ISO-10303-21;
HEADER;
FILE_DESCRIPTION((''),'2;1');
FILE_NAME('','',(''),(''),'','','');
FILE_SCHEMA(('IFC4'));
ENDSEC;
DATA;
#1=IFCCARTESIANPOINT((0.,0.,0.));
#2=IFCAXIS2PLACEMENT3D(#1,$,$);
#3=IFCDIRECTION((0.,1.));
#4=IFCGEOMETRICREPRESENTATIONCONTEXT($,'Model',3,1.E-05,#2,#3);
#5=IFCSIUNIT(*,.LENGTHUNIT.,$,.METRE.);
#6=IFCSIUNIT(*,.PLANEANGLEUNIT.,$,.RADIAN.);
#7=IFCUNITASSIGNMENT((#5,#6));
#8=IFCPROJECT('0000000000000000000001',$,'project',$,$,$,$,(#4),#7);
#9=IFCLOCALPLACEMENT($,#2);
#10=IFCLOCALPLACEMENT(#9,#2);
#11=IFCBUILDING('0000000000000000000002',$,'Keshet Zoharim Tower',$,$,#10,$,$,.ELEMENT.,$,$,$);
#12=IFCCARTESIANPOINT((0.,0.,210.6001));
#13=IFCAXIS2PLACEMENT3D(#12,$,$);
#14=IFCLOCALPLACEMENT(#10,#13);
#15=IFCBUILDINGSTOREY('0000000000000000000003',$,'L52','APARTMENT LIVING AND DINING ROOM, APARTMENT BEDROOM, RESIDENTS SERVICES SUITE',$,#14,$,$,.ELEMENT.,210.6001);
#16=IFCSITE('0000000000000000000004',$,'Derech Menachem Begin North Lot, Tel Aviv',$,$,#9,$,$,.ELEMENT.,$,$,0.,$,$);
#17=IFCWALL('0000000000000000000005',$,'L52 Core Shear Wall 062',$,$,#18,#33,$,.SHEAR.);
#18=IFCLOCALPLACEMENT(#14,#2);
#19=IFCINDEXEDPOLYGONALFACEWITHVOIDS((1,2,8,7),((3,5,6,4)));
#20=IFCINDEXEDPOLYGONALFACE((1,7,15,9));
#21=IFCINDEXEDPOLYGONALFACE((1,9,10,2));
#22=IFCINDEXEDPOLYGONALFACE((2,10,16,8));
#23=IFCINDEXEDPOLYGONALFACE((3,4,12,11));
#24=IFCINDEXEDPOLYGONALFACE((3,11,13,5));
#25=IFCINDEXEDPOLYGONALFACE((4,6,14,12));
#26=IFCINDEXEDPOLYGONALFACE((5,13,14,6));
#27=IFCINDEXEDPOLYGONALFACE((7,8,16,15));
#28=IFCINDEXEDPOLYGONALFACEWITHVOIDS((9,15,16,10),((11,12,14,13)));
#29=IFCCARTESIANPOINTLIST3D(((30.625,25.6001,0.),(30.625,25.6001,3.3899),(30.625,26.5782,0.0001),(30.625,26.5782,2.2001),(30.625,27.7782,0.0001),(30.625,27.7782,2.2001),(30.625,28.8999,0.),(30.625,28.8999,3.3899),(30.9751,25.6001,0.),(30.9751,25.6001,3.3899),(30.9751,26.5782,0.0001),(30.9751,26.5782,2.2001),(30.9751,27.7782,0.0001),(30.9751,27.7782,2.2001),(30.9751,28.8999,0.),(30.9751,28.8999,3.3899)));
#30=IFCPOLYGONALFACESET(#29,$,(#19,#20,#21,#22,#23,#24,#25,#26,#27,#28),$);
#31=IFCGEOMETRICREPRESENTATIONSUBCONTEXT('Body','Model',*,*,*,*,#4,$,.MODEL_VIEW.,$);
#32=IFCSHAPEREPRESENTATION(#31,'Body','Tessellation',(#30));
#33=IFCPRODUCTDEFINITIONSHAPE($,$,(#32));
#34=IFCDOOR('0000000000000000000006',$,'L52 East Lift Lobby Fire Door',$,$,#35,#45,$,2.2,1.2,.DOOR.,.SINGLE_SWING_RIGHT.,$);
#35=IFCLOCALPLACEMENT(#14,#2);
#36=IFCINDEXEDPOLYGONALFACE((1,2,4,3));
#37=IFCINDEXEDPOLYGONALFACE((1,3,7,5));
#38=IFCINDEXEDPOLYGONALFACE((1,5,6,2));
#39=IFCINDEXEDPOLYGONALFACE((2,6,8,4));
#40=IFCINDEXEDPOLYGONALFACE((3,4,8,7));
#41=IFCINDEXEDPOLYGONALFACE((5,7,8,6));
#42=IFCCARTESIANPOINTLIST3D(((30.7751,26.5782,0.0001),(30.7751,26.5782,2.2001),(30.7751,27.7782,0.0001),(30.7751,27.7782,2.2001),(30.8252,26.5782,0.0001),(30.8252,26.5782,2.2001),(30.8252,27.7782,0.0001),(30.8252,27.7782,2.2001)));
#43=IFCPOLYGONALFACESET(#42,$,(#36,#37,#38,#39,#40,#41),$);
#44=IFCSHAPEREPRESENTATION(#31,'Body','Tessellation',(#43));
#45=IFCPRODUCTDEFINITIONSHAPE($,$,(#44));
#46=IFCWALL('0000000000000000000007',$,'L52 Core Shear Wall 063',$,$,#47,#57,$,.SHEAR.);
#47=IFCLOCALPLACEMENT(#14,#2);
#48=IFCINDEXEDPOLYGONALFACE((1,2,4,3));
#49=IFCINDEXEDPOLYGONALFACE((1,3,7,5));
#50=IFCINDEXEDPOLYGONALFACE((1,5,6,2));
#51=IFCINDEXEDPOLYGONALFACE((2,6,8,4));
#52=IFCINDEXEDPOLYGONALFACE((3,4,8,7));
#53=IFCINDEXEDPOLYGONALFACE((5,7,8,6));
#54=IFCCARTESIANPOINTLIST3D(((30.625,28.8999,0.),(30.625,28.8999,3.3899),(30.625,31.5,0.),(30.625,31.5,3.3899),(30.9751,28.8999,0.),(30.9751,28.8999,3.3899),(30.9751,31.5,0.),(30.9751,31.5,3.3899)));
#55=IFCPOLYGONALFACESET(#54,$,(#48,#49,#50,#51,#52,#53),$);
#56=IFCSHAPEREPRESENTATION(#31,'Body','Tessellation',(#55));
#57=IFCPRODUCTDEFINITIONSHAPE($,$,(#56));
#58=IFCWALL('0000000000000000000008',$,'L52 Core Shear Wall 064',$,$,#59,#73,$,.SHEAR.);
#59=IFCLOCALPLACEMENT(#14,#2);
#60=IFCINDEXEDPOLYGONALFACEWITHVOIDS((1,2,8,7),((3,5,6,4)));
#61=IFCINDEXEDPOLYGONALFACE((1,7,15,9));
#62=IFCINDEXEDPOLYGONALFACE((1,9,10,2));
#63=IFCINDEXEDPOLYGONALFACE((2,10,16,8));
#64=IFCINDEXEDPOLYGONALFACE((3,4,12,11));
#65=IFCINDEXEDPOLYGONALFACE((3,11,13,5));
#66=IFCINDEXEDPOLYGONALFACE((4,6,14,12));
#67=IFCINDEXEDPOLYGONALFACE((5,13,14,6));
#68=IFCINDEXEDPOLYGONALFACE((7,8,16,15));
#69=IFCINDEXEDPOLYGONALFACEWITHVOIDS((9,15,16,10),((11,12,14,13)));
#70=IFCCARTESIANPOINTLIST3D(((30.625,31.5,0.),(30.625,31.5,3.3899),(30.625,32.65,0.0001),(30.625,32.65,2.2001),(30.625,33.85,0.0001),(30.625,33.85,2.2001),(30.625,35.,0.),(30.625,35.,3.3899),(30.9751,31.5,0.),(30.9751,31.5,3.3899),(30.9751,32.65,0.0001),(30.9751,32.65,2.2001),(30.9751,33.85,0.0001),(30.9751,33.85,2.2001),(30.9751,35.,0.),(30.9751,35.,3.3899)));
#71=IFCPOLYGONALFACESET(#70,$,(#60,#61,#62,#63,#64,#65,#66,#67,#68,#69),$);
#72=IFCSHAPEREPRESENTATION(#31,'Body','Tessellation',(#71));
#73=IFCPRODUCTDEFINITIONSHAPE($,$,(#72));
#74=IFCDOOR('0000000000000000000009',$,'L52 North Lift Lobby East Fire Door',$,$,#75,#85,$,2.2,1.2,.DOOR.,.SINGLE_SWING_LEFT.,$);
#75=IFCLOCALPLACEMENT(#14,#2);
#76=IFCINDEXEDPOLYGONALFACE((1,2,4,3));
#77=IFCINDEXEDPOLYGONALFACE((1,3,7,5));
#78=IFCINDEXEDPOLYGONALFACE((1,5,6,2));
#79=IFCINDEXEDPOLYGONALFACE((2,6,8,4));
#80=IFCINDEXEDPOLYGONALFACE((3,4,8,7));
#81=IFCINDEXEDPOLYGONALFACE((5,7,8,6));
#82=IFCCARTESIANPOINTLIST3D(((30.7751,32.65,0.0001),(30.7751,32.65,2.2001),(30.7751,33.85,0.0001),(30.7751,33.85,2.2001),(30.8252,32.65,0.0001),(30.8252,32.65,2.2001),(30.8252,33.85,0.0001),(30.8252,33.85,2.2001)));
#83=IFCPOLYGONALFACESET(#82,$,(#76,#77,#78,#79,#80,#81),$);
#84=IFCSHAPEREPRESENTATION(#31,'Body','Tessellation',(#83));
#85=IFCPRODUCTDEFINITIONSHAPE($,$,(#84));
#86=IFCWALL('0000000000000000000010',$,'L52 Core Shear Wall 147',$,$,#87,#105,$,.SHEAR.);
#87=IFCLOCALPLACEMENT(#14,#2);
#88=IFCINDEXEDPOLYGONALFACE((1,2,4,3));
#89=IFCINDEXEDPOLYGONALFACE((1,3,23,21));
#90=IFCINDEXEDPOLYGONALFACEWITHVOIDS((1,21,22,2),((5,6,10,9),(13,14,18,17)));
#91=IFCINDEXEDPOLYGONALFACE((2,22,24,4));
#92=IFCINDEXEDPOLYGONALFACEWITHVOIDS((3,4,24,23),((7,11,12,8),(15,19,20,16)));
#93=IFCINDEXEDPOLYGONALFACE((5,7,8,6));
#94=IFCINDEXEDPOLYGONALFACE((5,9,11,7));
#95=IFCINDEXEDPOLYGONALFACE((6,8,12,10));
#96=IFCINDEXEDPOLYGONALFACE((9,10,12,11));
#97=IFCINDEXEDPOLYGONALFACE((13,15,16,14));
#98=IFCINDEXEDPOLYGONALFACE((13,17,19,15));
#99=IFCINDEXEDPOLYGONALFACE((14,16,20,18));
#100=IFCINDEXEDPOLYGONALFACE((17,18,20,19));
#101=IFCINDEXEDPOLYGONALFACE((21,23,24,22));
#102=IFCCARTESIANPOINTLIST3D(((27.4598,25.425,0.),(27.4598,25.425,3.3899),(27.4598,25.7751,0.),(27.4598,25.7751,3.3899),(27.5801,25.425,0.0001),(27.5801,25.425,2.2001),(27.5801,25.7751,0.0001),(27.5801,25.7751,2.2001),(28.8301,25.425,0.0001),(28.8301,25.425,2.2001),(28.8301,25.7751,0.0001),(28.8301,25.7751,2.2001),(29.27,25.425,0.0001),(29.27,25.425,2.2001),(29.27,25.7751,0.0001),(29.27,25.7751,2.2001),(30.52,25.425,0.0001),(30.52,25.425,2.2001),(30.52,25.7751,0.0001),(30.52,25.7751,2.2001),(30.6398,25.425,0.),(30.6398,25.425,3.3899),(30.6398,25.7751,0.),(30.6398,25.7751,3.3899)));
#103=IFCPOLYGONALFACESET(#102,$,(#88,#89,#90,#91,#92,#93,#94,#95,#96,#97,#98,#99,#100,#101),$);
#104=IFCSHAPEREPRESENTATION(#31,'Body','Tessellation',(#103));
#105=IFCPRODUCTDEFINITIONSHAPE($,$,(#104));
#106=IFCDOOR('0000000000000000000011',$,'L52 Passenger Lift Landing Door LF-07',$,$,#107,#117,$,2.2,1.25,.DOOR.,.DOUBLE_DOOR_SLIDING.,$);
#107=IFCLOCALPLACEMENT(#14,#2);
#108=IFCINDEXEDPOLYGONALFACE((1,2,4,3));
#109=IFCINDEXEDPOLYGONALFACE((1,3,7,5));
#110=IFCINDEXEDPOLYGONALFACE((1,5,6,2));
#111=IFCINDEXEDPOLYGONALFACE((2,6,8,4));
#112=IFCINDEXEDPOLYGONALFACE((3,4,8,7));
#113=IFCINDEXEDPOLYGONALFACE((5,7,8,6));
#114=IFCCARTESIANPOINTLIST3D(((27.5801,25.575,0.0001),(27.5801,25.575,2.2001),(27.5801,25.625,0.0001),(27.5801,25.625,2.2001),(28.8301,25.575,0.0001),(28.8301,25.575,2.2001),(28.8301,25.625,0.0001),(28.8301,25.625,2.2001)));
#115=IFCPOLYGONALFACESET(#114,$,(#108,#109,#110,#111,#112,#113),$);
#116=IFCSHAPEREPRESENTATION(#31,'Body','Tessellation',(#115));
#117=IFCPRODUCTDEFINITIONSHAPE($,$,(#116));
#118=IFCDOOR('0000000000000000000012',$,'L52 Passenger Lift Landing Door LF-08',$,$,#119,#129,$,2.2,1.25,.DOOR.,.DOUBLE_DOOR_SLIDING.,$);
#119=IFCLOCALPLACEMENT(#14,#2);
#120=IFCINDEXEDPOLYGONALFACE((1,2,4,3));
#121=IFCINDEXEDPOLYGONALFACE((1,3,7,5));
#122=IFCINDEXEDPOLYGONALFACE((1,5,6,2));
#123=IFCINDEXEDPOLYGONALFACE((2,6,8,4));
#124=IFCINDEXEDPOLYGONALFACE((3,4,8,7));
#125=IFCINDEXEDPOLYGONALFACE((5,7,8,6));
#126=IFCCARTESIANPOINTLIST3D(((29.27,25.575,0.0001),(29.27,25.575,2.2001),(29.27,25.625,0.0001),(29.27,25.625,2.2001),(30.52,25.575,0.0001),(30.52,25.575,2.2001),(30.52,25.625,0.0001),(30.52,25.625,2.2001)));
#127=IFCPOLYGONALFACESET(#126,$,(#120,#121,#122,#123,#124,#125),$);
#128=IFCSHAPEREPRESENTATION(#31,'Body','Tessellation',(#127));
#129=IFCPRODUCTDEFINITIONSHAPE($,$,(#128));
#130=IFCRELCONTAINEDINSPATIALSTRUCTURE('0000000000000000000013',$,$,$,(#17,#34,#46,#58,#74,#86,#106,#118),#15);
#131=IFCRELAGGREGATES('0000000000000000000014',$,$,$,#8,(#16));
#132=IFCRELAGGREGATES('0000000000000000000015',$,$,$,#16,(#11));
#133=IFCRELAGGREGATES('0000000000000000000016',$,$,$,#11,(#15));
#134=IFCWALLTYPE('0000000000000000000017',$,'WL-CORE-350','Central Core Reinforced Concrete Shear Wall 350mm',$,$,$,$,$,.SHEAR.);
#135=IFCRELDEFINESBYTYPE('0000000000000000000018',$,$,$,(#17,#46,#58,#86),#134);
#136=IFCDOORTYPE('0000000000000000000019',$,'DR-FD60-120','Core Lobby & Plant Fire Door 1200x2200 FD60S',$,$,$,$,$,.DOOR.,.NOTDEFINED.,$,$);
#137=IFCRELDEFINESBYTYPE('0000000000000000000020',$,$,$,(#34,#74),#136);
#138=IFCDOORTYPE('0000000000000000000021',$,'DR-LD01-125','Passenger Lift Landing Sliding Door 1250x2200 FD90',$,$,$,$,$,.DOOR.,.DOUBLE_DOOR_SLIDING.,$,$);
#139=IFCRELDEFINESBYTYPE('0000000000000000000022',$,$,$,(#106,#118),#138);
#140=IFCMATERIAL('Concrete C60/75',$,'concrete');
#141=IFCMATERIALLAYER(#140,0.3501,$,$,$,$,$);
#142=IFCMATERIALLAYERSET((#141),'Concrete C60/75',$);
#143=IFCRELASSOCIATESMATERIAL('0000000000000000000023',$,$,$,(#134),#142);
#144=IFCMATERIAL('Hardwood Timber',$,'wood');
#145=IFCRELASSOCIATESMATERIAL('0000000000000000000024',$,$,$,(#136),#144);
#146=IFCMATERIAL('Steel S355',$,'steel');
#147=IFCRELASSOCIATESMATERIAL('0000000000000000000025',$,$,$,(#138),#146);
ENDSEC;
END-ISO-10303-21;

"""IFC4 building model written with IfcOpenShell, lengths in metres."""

from ifc_helpers import new_model, si_unit, direction, frame, frame_2d, origin, place, context, subcontext, project, spatial, rectangle, extrude, material, layer, layer_set, type_object, element, fill, save


model = new_model("IFC4")

# Units and contexts
model_context = context("Model", 3, precision=1e-05, world=origin(), true_north=direction((0.0, 1.0)))
body_context = subcontext(model_context, "Body", "Model", "MODEL_VIEW")
ifc_project = project(units=[si_unit("LENGTHUNIT", "METRE"), si_unit("PLANEANGLEUNIT", "RADIAN")], contexts=[model_context])

# Site, building, storey
site_placement = place(None, origin())
site = spatial("IfcSite", under=ifc_project, at=site_placement, Name="Derech Menachem Begin North Lot, Tel Aviv", CompositionType="ELEMENT", RefElevation=0.0)
building_placement = place(site_placement, origin())
building = spatial("IfcBuilding", under=site, at=building_placement, Name="Keshet Zoharim Tower", CompositionType="ELEMENT")
storey_placement = place(building_placement, frame((0.0, 0.0, 210.6001)))
storey = spatial("IfcBuildingStorey", under=building, at=storey_placement, Name="L52", Description="APARTMENT LIVING AND DINING ROOM, APARTMENT BEDROOM, RESIDENTS SERVICES SUITE", CompositionType="ELEMENT", Elevation=210.6001)

# Shared definitions
ifc_material_1 = material(Name="Steel S355", Category="steel")

# Shared definitions
ifc_material_2 = material(Name="Concrete C60/75", Category="concrete")
ifc_layer_1 = layer(ifc_material_2, 0.3501)
ifc_layer_set_1 = layer_set([ifc_layer_1], Name="Concrete C60/75")
wall_type_1 = type_object("IfcWallType", Name="WL-CORE-350", Description="Central Core Reinforced Concrete Shear Wall 350mm", PredefinedType="SHEAR", material=ifc_layer_set_1)

# Wall, opening, door
wall_1_placement = place(storey_placement, frame((30.8, 25.6001, 0.0), z_axis=(0.0, 0.0, 1.0), x_axis=(0.0, 1.0, 0.0)))
wall_1 = element("IfcWall", 1, at=wall_1_placement, inside=storey, type_object=wall_type_1, Name="L52 Core Shear Wall 062", PredefinedType="SHEAR", context=body_context, shape_type="SweptSolid", body=[
    extrude(rectangle(XDim=3.2998, YDim=0.3501, at=frame_2d((1.6499, 0.0))), origin(), (0.0, 0.0, 1.0), 3.3899),
])
opening_1_placement = place(wall_1_placement, frame((0.978, 0.0, 0.0)))
opening_1 = element("IfcOpeningElement", 2, at=opening_1_placement, cuts=wall_1, PredefinedType="OPENING", context=body_context, shape_type="SweptSolid", body=[
    extrude(rectangle(XDim=1.2, YDim=2.2, at=frame_2d((0.6001, 1.1001))), frame((0.0, 0.1851, 0.0), z_axis=(0.0, -1.0, 0.0), x_axis=(1.0, 0.0, 0.0)), (0.0, 0.0, 1.0), 0.3701),
])
ifc_material_3 = material(Name="Hardwood Timber", Category="wood")
door_type_1 = type_object("IfcDoorType", Name="DR-FD60-120", Description="Core Lobby & Plant Fire Door 1200x2200 FD60S", OperationType="NOTDEFINED", PredefinedType="DOOR", material=ifc_material_3)
door_1_placement = place(opening_1_placement, origin())
door_1 = element("IfcDoor", 3, at=door_1_placement, inside=storey, type_object=door_type_1, Name="L52 East Lift Lobby Fire Door", OperationType="SINGLE_SWING_RIGHT", OverallHeight=2.2, OverallWidth=1.2, PredefinedType="DOOR", context=body_context, shape_type="SweptSolid", body=[
    extrude(rectangle(XDim=1.2, YDim=2.2, at=frame_2d((0.6001, 1.1001))), frame((0.0, 0.0249, 0.0), z_axis=(0.0, -1.0, 0.0), x_axis=(1.0, 0.0, 0.0)), (0.0, 0.0, 1.0), 0.05),
])
fill(opening_1, door_1)

# Wall
wall_2_placement = place(storey_placement, frame((30.8, 28.8999, 0.0), z_axis=(0.0, 0.0, 1.0), x_axis=(0.0, 1.0, 0.0)))
element("IfcWall", 4, at=wall_2_placement, inside=storey, type_object=wall_type_1, Name="L52 Core Shear Wall 063", PredefinedType="SHEAR", context=body_context, shape_type="SweptSolid", body=[
    extrude(rectangle(XDim=2.6001, YDim=0.3501, at=frame_2d((1.3, 0.0))), origin(), (0.0, 0.0, 1.0), 3.3899),
])

# Wall, opening, door
wall_3_placement = place(storey_placement, frame((30.8, 31.5, 0.0), z_axis=(0.0, 0.0, 1.0), x_axis=(0.0, 1.0, 0.0)))
wall_3 = element("IfcWall", 5, at=wall_3_placement, inside=storey, type_object=wall_type_1, Name="L52 Core Shear Wall 064", PredefinedType="SHEAR", context=body_context, shape_type="SweptSolid", body=[
    extrude(rectangle(XDim=3.5, YDim=0.3501, at=frame_2d((1.75, 0.0))), origin(), (0.0, 0.0, 1.0), 3.3899),
])
opening_2_placement = place(wall_3_placement, frame((1.1499, 0.0, 0.0)))
opening_2 = element("IfcOpeningElement", 6, at=opening_2_placement, cuts=wall_3, PredefinedType="OPENING", context=body_context, shape_type="SweptSolid", body=[
    extrude(rectangle(XDim=1.2, YDim=2.2, at=frame_2d((0.6001, 1.1001))), frame((0.0, 0.1851, 0.0), z_axis=(0.0, -1.0, 0.0), x_axis=(1.0, 0.0, 0.0)), (0.0, 0.0, 1.0), 0.3701),
])
door_2_placement = place(opening_2_placement, origin())
door_2 = element("IfcDoor", 7, at=door_2_placement, inside=storey, type_object=door_type_1, Name="L52 North Lift Lobby East Fire Door", OperationType="SINGLE_SWING_LEFT", OverallHeight=2.2, OverallWidth=1.2, PredefinedType="DOOR", context=body_context, shape_type="SweptSolid", body=[
    extrude(rectangle(XDim=1.2, YDim=2.2, at=frame_2d((0.6001, 1.1001))), frame((0.0, 0.0249, 0.0), z_axis=(0.0, -1.0, 0.0), x_axis=(1.0, 0.0, 0.0)), (0.0, 0.0, 1.0), 0.05),
])
fill(opening_2, door_2)

# Wall, openings, doors
wall_4_placement = place(storey_placement, frame((27.46, 25.6001, 0.0), z_axis=(0.0, 0.0, 1.0), x_axis=(1.0, 0.0, 0.0)))
wall_4 = element("IfcWall", 8, at=wall_4_placement, inside=storey, type_object=wall_type_1, Name="L52 Core Shear Wall 147", PredefinedType="SHEAR", context=body_context, shape_type="SweptSolid", body=[
    extrude(rectangle(XDim=3.1799, YDim=0.3501, at=frame_2d((1.5898, 0.0))), origin(), (0.0, 0.0, 1.0), 3.3899),
])
opening_3_placement = place(wall_4_placement, frame((0.1201, 0.0, 0.0)))
opening_3 = element("IfcOpeningElement", 9, at=opening_3_placement, cuts=wall_4, PredefinedType="OPENING", context=body_context, shape_type="SweptSolid", body=[
    extrude(rectangle(XDim=1.25, YDim=2.2, at=frame_2d((0.625, 1.1001))), frame((0.0, 0.1851, 0.0), z_axis=(0.0, -1.0, 0.0), x_axis=(1.0, 0.0, 0.0)), (0.0, 0.0, 1.0), 0.3701),
])
opening_4_placement = place(wall_4_placement, frame((1.8101, 0.0, 0.0)))
opening_4 = element("IfcOpeningElement", 10, at=opening_4_placement, cuts=wall_4, PredefinedType="OPENING", context=body_context, shape_type="SweptSolid", body=[
    extrude(rectangle(XDim=1.25, YDim=2.2, at=frame_2d((0.625, 1.1001))), frame((0.0, 0.1851, 0.0), z_axis=(0.0, -1.0, 0.0), x_axis=(1.0, 0.0, 0.0)), (0.0, 0.0, 1.0), 0.3701),
])
door_type_2 = type_object("IfcDoorType", Name="DR-LD01-125", Description="Passenger Lift Landing Sliding Door 1250x2200 FD90", OperationType="DOUBLE_DOOR_SLIDING", PredefinedType="DOOR", material=ifc_material_1)
door_3_placement = place(opening_3_placement, origin())
door_3 = element("IfcDoor", 11, at=door_3_placement, inside=storey, type_object=door_type_2, Name="L52 Passenger Lift Landing Door LF-07", OperationType="DOUBLE_DOOR_SLIDING", OverallHeight=2.2, OverallWidth=1.25, PredefinedType="DOOR", context=body_context, shape_type="SweptSolid", body=[
    extrude(rectangle(XDim=1.25, YDim=2.2, at=frame_2d((0.625, 1.1001))), frame((0.0, 0.0249, 0.0), z_axis=(0.0, -1.0, 0.0), x_axis=(1.0, 0.0, 0.0)), (0.0, 0.0, 1.0), 0.05),
])
fill(opening_3, door_3)
door_4_placement = place(opening_4_placement, origin())
door_4 = element("IfcDoor", 12, at=door_4_placement, inside=storey, type_object=door_type_2, Name="L52 Passenger Lift Landing Door LF-08", OperationType="DOUBLE_DOOR_SLIDING", OverallHeight=2.2, OverallWidth=1.25, PredefinedType="DOOR", context=body_context, shape_type="SweptSolid", body=[
    extrude(rectangle(XDim=1.25, YDim=2.2, at=frame_2d((0.625, 1.1001))), frame((0.0, 0.0249, 0.0), z_axis=(0.0, -1.0, 0.0), x_axis=(1.0, 0.0, 0.0)), (0.0, 0.0, 1.0), 0.05),
])
fill(opening_4, door_4)

save(model, "model.ifc")
